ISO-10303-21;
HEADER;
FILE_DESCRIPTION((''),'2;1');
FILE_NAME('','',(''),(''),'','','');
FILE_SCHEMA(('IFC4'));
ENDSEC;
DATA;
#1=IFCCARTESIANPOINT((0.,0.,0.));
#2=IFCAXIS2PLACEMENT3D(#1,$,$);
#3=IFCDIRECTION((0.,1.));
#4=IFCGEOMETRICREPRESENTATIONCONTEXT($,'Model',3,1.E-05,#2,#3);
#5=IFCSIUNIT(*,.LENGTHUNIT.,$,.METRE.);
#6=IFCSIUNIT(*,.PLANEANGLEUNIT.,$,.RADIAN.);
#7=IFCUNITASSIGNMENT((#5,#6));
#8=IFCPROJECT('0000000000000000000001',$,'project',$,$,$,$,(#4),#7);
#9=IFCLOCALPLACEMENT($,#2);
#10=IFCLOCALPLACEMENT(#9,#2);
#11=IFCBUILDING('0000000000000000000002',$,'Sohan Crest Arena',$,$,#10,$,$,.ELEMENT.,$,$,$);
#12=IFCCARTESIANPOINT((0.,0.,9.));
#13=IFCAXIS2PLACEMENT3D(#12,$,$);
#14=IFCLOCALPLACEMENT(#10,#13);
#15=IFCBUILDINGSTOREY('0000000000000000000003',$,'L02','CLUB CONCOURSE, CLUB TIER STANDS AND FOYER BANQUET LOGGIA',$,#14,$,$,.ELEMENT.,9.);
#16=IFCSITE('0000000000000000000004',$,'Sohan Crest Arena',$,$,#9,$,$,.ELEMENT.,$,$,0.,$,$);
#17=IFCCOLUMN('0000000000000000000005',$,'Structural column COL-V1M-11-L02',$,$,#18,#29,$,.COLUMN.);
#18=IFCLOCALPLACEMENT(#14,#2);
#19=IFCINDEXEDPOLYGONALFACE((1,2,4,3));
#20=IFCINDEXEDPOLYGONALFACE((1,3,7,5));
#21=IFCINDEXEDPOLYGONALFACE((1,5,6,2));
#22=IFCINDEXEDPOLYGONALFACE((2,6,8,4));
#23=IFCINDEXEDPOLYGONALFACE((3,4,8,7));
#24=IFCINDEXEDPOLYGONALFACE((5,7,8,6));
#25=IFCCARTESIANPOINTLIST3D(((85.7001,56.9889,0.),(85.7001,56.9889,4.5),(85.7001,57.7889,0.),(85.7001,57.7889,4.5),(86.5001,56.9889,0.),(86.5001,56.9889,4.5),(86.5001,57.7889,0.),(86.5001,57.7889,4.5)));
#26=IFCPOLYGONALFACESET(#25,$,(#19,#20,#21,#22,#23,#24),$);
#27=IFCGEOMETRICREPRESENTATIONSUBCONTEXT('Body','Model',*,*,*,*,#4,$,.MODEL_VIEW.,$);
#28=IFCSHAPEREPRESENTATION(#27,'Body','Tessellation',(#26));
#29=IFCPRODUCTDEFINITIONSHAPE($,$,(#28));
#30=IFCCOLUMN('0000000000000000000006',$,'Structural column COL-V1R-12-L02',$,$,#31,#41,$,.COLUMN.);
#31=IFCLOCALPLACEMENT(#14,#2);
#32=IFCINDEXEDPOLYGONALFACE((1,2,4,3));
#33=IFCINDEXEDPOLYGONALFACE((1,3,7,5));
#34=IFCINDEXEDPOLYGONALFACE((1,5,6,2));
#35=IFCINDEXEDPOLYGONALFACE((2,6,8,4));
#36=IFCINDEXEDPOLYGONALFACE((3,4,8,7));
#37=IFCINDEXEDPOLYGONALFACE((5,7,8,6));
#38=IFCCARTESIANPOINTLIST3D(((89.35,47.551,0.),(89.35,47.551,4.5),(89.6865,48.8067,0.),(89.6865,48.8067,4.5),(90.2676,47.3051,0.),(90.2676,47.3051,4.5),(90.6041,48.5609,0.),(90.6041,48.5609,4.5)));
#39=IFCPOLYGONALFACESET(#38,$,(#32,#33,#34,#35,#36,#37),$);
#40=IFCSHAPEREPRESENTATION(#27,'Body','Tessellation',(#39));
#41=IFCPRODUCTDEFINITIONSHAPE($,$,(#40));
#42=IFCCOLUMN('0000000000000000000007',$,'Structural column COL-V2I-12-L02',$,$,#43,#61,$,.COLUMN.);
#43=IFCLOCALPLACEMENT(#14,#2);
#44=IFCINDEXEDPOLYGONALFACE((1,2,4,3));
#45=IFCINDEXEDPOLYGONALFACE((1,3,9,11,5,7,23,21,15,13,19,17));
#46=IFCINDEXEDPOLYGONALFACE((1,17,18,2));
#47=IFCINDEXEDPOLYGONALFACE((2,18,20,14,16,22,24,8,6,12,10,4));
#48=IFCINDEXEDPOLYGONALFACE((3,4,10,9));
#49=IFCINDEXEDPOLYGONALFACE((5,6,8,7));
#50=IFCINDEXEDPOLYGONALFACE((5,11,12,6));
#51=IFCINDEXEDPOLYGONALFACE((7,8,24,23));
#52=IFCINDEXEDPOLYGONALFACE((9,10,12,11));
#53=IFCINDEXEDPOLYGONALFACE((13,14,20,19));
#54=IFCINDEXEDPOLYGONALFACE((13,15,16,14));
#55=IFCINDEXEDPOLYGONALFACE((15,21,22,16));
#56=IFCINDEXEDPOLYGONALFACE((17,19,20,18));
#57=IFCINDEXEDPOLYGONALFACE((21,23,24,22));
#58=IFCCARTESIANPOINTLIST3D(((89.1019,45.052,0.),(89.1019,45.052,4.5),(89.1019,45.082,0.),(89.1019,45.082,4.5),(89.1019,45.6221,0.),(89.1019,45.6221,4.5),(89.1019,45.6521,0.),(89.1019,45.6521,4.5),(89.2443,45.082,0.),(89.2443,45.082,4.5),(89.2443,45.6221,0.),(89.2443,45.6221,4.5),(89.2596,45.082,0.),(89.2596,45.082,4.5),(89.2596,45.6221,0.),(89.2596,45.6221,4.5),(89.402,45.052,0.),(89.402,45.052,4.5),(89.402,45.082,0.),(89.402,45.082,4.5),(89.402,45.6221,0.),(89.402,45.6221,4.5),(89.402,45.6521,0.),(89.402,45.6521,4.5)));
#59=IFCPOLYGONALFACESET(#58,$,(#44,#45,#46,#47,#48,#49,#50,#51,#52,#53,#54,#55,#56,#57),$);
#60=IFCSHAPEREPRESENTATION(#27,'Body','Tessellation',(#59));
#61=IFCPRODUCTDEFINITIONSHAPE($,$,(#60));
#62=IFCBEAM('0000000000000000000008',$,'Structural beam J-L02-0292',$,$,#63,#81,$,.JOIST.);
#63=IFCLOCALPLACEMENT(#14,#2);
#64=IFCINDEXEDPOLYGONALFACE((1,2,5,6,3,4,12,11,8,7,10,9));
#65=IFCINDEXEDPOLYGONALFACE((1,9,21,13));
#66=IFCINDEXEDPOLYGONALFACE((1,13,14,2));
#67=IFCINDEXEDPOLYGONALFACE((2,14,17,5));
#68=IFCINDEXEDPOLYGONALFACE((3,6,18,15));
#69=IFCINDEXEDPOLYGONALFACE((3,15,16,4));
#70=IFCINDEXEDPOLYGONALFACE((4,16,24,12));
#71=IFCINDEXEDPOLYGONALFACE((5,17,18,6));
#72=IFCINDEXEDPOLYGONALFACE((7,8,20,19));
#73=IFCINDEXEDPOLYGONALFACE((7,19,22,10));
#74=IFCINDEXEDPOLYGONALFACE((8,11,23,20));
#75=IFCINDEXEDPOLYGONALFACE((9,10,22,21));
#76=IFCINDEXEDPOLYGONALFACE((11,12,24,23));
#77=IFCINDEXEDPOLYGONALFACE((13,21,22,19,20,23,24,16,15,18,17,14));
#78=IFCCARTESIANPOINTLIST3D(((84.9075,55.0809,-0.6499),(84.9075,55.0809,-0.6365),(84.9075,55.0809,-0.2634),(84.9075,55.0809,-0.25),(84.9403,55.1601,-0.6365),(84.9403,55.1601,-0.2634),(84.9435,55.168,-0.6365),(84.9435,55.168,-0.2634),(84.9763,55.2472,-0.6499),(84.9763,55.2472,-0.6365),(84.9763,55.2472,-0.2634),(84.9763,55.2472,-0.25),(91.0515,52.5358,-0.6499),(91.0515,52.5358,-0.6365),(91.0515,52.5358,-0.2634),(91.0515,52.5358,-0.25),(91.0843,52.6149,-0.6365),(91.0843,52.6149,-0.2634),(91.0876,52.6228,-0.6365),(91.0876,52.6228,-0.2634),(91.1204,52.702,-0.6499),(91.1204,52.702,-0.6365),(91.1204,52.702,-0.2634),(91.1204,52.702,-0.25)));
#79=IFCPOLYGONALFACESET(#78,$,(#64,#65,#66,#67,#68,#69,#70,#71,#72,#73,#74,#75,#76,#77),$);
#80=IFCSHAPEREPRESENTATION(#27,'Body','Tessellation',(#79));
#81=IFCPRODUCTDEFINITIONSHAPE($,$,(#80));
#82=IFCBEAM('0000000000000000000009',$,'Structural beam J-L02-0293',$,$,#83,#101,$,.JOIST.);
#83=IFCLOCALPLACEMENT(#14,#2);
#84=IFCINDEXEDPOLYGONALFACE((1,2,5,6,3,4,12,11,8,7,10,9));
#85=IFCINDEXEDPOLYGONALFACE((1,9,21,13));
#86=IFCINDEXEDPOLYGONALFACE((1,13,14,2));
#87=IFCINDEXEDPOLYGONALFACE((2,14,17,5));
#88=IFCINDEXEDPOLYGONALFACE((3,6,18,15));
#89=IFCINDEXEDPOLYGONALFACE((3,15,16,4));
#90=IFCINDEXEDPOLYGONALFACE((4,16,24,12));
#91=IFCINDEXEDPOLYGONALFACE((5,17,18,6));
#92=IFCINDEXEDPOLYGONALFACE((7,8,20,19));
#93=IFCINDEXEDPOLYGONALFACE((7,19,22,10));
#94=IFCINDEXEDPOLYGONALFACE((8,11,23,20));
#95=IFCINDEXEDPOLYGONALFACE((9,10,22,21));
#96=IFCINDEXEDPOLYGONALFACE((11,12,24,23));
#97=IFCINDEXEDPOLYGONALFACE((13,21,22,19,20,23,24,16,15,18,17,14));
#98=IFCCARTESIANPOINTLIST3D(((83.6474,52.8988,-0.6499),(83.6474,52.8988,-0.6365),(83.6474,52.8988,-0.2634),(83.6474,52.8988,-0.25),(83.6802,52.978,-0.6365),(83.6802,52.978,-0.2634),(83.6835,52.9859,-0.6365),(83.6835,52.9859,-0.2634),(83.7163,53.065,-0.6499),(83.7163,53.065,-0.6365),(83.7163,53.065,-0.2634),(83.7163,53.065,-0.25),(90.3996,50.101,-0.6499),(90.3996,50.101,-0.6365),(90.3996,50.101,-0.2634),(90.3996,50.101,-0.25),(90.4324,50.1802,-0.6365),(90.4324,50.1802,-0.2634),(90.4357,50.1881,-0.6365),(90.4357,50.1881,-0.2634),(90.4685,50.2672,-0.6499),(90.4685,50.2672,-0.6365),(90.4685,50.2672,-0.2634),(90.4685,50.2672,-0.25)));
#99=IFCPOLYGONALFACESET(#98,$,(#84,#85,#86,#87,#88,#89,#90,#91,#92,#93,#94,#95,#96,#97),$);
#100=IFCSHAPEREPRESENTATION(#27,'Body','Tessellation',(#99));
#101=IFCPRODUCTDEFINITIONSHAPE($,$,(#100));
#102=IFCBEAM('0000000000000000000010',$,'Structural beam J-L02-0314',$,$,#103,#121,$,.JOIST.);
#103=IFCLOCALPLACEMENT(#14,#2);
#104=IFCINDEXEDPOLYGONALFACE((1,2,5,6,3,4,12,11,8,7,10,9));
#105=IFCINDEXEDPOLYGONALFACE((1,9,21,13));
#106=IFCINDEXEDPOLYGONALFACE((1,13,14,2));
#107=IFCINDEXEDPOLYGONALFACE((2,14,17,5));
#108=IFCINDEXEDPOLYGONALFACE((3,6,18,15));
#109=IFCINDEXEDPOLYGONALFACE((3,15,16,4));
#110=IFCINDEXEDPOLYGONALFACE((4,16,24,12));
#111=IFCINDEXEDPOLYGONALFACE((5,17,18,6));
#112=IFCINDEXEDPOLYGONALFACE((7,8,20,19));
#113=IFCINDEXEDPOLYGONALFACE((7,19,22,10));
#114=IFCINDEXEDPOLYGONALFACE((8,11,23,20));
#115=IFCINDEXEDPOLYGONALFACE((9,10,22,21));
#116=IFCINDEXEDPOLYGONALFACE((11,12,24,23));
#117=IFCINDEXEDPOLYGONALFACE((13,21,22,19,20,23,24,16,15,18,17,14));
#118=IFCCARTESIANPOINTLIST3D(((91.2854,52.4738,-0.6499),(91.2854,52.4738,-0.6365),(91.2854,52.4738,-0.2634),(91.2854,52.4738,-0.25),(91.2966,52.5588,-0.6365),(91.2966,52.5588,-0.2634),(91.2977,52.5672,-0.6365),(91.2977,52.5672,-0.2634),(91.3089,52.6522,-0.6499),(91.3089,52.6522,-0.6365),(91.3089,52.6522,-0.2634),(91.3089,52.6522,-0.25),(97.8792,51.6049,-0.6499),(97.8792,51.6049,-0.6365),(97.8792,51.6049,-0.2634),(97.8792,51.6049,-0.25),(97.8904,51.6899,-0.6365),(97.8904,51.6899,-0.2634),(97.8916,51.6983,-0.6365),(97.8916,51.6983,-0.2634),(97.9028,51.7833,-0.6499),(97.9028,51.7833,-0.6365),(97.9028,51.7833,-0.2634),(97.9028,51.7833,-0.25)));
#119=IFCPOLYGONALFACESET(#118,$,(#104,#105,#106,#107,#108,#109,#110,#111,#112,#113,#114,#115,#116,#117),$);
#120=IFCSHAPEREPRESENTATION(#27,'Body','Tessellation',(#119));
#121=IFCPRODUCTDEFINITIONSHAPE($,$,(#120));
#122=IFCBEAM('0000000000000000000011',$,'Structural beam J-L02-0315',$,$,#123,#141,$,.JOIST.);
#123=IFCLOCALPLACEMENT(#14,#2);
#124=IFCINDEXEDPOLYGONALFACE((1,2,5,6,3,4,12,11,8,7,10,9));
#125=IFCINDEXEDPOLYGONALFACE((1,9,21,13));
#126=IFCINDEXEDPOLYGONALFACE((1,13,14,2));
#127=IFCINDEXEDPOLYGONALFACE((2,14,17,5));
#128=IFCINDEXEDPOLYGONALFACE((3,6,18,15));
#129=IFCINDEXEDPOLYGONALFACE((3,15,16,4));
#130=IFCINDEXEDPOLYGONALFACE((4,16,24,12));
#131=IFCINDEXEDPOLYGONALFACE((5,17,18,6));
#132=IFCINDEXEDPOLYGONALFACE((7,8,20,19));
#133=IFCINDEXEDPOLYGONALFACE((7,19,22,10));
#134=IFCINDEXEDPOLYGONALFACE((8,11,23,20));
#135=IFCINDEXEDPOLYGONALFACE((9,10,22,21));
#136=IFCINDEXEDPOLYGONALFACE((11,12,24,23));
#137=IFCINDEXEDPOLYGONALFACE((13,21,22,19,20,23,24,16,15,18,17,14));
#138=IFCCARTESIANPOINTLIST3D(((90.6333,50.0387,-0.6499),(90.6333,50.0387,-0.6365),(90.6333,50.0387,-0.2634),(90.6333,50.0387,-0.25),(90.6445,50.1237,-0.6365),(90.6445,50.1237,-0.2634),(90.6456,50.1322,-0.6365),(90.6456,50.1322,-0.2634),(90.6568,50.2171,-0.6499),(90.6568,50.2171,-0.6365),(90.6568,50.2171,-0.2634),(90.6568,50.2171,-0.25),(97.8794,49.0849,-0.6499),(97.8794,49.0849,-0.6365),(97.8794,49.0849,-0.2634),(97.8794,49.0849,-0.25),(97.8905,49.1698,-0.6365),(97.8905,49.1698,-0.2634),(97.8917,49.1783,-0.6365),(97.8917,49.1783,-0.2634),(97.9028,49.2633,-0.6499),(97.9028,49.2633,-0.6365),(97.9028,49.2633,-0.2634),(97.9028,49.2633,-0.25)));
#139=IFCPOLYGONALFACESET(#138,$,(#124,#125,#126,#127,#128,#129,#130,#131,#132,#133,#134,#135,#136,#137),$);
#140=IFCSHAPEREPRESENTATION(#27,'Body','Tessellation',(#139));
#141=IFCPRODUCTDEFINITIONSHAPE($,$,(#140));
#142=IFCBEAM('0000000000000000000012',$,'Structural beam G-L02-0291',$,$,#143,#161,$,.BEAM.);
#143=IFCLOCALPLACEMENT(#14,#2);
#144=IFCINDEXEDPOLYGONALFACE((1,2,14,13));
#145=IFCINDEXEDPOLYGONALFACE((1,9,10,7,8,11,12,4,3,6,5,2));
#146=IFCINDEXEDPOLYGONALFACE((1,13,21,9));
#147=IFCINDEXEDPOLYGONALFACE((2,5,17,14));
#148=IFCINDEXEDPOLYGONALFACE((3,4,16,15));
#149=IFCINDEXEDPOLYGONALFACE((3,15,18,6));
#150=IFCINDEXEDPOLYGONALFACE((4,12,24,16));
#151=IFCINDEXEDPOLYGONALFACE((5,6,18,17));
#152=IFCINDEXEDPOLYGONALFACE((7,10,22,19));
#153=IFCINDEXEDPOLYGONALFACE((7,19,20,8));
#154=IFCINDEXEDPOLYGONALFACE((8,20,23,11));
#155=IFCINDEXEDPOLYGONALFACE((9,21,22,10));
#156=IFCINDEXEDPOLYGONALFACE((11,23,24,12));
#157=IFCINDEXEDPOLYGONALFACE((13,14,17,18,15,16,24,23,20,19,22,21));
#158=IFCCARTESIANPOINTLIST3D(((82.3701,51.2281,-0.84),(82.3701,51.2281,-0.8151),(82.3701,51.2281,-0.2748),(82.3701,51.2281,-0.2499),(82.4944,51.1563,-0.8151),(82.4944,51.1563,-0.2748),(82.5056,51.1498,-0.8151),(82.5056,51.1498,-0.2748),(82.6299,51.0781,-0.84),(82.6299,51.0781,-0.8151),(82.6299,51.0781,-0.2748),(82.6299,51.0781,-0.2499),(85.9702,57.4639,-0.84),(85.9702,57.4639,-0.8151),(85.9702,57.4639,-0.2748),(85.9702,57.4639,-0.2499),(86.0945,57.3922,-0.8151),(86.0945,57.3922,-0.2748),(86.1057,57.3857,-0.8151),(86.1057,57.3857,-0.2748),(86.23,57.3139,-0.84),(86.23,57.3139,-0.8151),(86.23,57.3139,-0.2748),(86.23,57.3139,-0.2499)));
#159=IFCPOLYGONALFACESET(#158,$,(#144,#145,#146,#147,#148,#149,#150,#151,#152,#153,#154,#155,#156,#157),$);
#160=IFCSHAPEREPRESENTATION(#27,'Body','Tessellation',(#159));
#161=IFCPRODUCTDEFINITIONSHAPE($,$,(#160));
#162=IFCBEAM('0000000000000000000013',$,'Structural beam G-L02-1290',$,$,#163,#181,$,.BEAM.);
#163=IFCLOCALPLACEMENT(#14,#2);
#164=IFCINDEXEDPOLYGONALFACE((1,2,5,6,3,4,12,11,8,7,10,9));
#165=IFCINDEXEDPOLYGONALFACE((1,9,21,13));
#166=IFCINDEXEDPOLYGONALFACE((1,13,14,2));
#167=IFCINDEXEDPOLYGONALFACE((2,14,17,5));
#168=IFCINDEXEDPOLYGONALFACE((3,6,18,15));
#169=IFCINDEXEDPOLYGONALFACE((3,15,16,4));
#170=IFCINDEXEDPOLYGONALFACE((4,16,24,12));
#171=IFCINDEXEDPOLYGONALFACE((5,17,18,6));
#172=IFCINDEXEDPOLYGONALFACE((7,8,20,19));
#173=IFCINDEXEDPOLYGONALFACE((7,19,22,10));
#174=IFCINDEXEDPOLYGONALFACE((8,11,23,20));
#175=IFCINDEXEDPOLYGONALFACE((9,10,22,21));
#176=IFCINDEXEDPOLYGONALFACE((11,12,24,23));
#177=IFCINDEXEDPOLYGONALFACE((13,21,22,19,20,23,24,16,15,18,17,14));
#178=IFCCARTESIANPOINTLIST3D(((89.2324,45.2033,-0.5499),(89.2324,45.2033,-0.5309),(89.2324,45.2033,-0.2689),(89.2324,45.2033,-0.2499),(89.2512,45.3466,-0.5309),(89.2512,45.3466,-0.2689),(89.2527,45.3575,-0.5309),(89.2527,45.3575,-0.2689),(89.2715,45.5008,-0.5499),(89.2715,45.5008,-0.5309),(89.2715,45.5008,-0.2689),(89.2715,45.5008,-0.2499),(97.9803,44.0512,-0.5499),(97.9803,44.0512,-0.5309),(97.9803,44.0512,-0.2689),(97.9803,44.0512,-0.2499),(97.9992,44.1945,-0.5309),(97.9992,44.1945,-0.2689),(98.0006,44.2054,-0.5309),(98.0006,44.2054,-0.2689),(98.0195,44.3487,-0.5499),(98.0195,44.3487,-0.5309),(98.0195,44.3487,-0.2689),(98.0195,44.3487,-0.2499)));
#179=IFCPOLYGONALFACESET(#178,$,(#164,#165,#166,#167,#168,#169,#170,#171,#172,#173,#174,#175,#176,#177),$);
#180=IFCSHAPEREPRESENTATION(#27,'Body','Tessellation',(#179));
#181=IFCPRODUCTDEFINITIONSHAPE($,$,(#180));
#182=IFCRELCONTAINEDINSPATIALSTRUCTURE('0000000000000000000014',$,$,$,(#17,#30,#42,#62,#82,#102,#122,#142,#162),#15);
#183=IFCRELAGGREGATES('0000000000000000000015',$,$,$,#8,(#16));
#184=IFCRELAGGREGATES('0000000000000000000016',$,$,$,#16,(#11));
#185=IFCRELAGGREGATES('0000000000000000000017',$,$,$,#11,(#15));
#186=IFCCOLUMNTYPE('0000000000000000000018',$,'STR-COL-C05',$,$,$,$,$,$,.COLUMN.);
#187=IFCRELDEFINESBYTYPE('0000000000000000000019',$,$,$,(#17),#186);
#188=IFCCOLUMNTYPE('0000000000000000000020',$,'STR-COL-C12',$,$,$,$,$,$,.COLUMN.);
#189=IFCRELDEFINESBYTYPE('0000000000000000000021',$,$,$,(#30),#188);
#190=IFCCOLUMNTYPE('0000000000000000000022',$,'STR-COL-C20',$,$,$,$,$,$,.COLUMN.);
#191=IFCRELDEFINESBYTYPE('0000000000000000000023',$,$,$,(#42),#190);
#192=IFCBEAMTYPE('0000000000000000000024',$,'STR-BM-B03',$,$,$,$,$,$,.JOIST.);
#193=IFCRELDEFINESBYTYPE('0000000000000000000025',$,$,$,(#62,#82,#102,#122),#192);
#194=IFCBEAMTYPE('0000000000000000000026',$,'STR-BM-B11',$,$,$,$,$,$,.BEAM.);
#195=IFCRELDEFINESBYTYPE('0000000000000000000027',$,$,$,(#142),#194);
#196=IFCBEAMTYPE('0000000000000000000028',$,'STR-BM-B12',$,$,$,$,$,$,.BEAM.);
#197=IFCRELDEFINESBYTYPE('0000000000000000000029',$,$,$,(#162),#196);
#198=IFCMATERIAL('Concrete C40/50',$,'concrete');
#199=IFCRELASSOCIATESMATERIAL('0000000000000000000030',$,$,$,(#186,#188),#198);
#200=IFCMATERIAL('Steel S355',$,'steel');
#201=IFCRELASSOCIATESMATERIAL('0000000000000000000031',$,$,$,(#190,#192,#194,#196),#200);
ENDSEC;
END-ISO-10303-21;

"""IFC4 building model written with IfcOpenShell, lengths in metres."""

from ifc_helpers import new_model, si_unit, direction, frame, origin, origin_2d, place, context, subcontext, project, spatial, rectangle, i_section, extrude, material, material_profile, profile_set, type_object, element, save


model = new_model("IFC4")

# Units and contexts
model_context = context("Model", 3, precision=1e-05, world=origin(), true_north=direction((0.0, 1.0)))
body_context = subcontext(model_context, "Body", "Model", "MODEL_VIEW")
ifc_project = project(units=[si_unit("LENGTHUNIT", "METRE"), si_unit("PLANEANGLEUNIT", "RADIAN")], contexts=[model_context])

# Site, building, storey
site_placement = place(None, origin())
site = spatial("IfcSite", under=ifc_project, at=site_placement, Name="Sohan Crest Arena", CompositionType="ELEMENT", RefElevation=0.0)
building_placement = place(site_placement, origin())
building = spatial("IfcBuilding", under=site, at=building_placement, Name="Sohan Crest Arena", CompositionType="ELEMENT")
storey_placement = place(building_placement, frame((0.0, 0.0, 9.0)))
storey = spatial("IfcBuildingStorey", under=building, at=storey_placement, Name="L02", Description="CLUB CONCOURSE, CLUB TIER STANDS AND FOYER BANQUET LOGGIA", CompositionType="ELEMENT", Elevation=9.0)

# Columns
ifc_material_1 = material(Name="Concrete C40/50", Category="concrete")
ifc_material_profile_1 = material_profile(ifc_material_1, rectangle(XDim=0.8, YDim=0.8, at=origin_2d()), Name="RC 800x800")
ifc_profile_set_1 = profile_set([ifc_material_profile_1], Name="Concrete C40/50")
column_type_1 = type_object("IfcColumnType", Name="STR-COL-C05", PredefinedType="COLUMN", material=ifc_profile_set_1)
column_1_placement = place(storey_placement, frame((86.1001, 57.3889, 0.0), z_axis=(0.0, 0.0, 1.0), x_axis=(1.0, 0.0, 0.0)))
element("IfcColumn", 1, at=column_1_placement, inside=storey, type_object=column_type_1, Name="Structural column COL-V1M-11-L02", PredefinedType="COLUMN", context=body_context, shape_type="SweptSolid", body=[
    extrude(rectangle(XDim=0.8, YDim=0.8, at=origin_2d()), origin(), (0.0, 0.0, 1.0), 4.5),
])
ifc_material_profile_2 = material_profile(ifc_material_1, rectangle(XDim=1.3, YDim=0.95, at=origin_2d()), Name="RC 1300x950")
ifc_profile_set_2 = profile_set([ifc_material_profile_2], Name="Concrete C40/50")
column_type_2 = type_object("IfcColumnType", Name="STR-COL-C12", PredefinedType="COLUMN", material=ifc_profile_set_2)
column_2_placement = place(storey_placement, frame((89.9771, 48.0559, 0.0), z_axis=(0.0, 0.0, 1.0), x_axis=(0.258819, 0.965926, 0.0)))
element("IfcColumn", 2, at=column_2_placement, inside=storey, type_object=column_type_2, Name="Structural column COL-V1R-12-L02", PredefinedType="COLUMN", context=body_context, shape_type="SweptSolid", body=[
    extrude(rectangle(XDim=1.3, YDim=0.95, at=origin_2d()), origin(), (0.0, 0.0, 1.0), 4.5),
])
ifc_material_2 = material(Name="Steel S355", Category="steel")
ifc_material_profile_3 = material_profile(ifc_material_2, i_section(OverallWidth=0.3, OverallDepth=0.6001, WebThickness=0.0154, FlangeThickness=0.03, at=origin_2d()), Name="HEB 600")
ifc_profile_set_3 = profile_set([ifc_material_profile_3], Name="Steel S355")
column_type_3 = type_object("IfcColumnType", Name="STR-COL-C20", PredefinedType="COLUMN", material=ifc_profile_set_3)
column_3_placement = place(storey_placement, frame((89.252, 45.3521, 0.0), z_axis=(0.0, 0.0, 1.0), x_axis=(1.0, 0.0, 0.0)))
element("IfcColumn", 3, at=column_3_placement, inside=storey, type_object=column_type_3, Name="Structural column COL-V2I-12-L02", PredefinedType="COLUMN", context=body_context, shape_type="SweptSolid", body=[
    extrude(i_section(OverallWidth=0.3, OverallDepth=0.6001, WebThickness=0.0154, FlangeThickness=0.03, at=origin_2d()), origin(), (0.0, 0.0, 1.0), 4.5),
])

# Beams
ifc_material_profile_4 = material_profile(ifc_material_2, i_section(OverallWidth=0.1799, OverallDepth=0.3999, WebThickness=0.0085, FlangeThickness=0.0134, at=origin_2d()), Name="IPE 400")
ifc_profile_set_4 = profile_set([ifc_material_profile_4], Name="Steel S355")
beam_type_1 = type_object("IfcBeamType", Name="STR-BM-B03", PredefinedType="JOIST", material=ifc_profile_set_4)
beam_1_placement = place(storey_placement, frame((84.9419, 55.1641, -0.45), z_axis=(0.923868, -0.382712, 0.0), x_axis=(0.382712, 0.923868, 0.0)))
element("IfcBeam", 4, at=beam_1_placement, inside=storey, type_object=beam_type_1, Name="Structural beam J-L02-0292", PredefinedType="JOIST", context=body_context, shape_type="SweptSolid", body=[
    extrude(i_section(OverallWidth=0.1799, OverallDepth=0.3999, WebThickness=0.0085, FlangeThickness=0.0134, at=origin_2d()), origin(), (0.0, 0.0, 1.0), 6.6504),
])
beam_2_placement = place(storey_placement, frame((83.6819, 52.9819, -0.45), z_axis=(0.923831, -0.3828, 0.0), x_axis=(0.3828, 0.923831, 0.0)))
element("IfcBeam", 5, at=beam_2_placement, inside=storey, type_object=beam_type_1, Name="Structural beam J-L02-0293", PredefinedType="JOIST", context=body_context, shape_type="SweptSolid", body=[
    extrude(i_section(OverallWidth=0.1799, OverallDepth=0.3999, WebThickness=0.0085, FlangeThickness=0.0134, at=origin_2d()), origin(), (0.0, 0.0, 1.0), 7.3088),
])
beam_3_placement = place(storey_placement, frame((91.2971, 52.563, -0.45), z_axis=(0.99143, -0.130642, 0.0), x_axis=(0.130642, 0.99143, 0.0)))
element("IfcBeam", 6, at=beam_3_placement, inside=storey, type_object=beam_type_1, Name="Structural beam J-L02-0314", PredefinedType="JOIST", context=body_context, shape_type="SweptSolid", body=[
    extrude(i_section(OverallWidth=0.1799, OverallDepth=0.3999, WebThickness=0.0085, FlangeThickness=0.0134, at=origin_2d()), origin(), (0.0, 0.0, 1.0), 6.6509),
])
beam_4_placement = place(storey_placement, frame((90.645, 50.1279, -0.45), z_axis=(0.991447, -0.130512, 0.0), x_axis=(0.130512, 0.991447, 0.0)))
element("IfcBeam", 7, at=beam_4_placement, inside=storey, type_object=beam_type_1, Name="Structural beam J-L02-0315", PredefinedType="JOIST", context=body_context, shape_type="SweptSolid", body=[
    extrude(i_section(OverallWidth=0.1799, OverallDepth=0.3999, WebThickness=0.0085, FlangeThickness=0.0134, at=origin_2d()), origin(), (0.0, 0.0, 1.0), 7.3086),
])
ifc_material_profile_5 = material_profile(ifc_material_2, i_section(OverallWidth=0.3, OverallDepth=0.5901, WebThickness=0.0129, FlangeThickness=0.0249, at=origin_2d()), Name="HEA 600")
ifc_profile_set_5 = profile_set([ifc_material_profile_5], Name="Steel S355")
beam_type_2 = type_object("IfcBeamType", Name="STR-BM-B11", PredefinedType="BEAM", material=ifc_profile_set_5)
beam_5_placement = place(storey_placement, frame((86.1001, 57.3889, -0.5449), z_axis=(-0.499983, -0.866035, 0.0), x_axis=(0.866035, -0.499983, 0.0)))
element("IfcBeam", 8, at=beam_5_placement, inside=storey, type_object=beam_type_2, Name="Structural beam G-L02-0291", PredefinedType="BEAM", context=body_context, shape_type="SweptSolid", body=[
    extrude(i_section(OverallWidth=0.3, OverallDepth=0.5901, WebThickness=0.0129, FlangeThickness=0.0249, at=origin_2d()), origin(), (0.0, 0.0, 1.0), 7.2004),
])
ifc_material_profile_6 = material_profile(ifc_material_2, i_section(OverallWidth=0.3, OverallDepth=0.3, WebThickness=0.011, FlangeThickness=0.019, at=origin_2d()), Name="HEB 300")
ifc_profile_set_6 = profile_set([ifc_material_profile_6], Name="Steel S355")
beam_type_3 = type_object("IfcBeamType", Name="STR-BM-B12", PredefinedType="BEAM", material=ifc_profile_set_6)
beam_6_placement = place(storey_placement, frame((89.252, 45.3521, -0.3999), z_axis=(0.991439, -0.13057, 0.0), x_axis=(0.13057, 0.991439, 0.0)))
element("IfcBeam", 9, at=beam_6_placement, inside=storey, type_object=beam_type_3, Name="Structural beam G-L02-1290", PredefinedType="BEAM", context=body_context, shape_type="SweptSolid", body=[
    extrude(i_section(OverallWidth=0.3, OverallDepth=0.3, WebThickness=0.011, FlangeThickness=0.019, at=origin_2d()), origin(), (0.0, 0.0, 1.0), 8.8235),
])

save(model, "model.ifc")
